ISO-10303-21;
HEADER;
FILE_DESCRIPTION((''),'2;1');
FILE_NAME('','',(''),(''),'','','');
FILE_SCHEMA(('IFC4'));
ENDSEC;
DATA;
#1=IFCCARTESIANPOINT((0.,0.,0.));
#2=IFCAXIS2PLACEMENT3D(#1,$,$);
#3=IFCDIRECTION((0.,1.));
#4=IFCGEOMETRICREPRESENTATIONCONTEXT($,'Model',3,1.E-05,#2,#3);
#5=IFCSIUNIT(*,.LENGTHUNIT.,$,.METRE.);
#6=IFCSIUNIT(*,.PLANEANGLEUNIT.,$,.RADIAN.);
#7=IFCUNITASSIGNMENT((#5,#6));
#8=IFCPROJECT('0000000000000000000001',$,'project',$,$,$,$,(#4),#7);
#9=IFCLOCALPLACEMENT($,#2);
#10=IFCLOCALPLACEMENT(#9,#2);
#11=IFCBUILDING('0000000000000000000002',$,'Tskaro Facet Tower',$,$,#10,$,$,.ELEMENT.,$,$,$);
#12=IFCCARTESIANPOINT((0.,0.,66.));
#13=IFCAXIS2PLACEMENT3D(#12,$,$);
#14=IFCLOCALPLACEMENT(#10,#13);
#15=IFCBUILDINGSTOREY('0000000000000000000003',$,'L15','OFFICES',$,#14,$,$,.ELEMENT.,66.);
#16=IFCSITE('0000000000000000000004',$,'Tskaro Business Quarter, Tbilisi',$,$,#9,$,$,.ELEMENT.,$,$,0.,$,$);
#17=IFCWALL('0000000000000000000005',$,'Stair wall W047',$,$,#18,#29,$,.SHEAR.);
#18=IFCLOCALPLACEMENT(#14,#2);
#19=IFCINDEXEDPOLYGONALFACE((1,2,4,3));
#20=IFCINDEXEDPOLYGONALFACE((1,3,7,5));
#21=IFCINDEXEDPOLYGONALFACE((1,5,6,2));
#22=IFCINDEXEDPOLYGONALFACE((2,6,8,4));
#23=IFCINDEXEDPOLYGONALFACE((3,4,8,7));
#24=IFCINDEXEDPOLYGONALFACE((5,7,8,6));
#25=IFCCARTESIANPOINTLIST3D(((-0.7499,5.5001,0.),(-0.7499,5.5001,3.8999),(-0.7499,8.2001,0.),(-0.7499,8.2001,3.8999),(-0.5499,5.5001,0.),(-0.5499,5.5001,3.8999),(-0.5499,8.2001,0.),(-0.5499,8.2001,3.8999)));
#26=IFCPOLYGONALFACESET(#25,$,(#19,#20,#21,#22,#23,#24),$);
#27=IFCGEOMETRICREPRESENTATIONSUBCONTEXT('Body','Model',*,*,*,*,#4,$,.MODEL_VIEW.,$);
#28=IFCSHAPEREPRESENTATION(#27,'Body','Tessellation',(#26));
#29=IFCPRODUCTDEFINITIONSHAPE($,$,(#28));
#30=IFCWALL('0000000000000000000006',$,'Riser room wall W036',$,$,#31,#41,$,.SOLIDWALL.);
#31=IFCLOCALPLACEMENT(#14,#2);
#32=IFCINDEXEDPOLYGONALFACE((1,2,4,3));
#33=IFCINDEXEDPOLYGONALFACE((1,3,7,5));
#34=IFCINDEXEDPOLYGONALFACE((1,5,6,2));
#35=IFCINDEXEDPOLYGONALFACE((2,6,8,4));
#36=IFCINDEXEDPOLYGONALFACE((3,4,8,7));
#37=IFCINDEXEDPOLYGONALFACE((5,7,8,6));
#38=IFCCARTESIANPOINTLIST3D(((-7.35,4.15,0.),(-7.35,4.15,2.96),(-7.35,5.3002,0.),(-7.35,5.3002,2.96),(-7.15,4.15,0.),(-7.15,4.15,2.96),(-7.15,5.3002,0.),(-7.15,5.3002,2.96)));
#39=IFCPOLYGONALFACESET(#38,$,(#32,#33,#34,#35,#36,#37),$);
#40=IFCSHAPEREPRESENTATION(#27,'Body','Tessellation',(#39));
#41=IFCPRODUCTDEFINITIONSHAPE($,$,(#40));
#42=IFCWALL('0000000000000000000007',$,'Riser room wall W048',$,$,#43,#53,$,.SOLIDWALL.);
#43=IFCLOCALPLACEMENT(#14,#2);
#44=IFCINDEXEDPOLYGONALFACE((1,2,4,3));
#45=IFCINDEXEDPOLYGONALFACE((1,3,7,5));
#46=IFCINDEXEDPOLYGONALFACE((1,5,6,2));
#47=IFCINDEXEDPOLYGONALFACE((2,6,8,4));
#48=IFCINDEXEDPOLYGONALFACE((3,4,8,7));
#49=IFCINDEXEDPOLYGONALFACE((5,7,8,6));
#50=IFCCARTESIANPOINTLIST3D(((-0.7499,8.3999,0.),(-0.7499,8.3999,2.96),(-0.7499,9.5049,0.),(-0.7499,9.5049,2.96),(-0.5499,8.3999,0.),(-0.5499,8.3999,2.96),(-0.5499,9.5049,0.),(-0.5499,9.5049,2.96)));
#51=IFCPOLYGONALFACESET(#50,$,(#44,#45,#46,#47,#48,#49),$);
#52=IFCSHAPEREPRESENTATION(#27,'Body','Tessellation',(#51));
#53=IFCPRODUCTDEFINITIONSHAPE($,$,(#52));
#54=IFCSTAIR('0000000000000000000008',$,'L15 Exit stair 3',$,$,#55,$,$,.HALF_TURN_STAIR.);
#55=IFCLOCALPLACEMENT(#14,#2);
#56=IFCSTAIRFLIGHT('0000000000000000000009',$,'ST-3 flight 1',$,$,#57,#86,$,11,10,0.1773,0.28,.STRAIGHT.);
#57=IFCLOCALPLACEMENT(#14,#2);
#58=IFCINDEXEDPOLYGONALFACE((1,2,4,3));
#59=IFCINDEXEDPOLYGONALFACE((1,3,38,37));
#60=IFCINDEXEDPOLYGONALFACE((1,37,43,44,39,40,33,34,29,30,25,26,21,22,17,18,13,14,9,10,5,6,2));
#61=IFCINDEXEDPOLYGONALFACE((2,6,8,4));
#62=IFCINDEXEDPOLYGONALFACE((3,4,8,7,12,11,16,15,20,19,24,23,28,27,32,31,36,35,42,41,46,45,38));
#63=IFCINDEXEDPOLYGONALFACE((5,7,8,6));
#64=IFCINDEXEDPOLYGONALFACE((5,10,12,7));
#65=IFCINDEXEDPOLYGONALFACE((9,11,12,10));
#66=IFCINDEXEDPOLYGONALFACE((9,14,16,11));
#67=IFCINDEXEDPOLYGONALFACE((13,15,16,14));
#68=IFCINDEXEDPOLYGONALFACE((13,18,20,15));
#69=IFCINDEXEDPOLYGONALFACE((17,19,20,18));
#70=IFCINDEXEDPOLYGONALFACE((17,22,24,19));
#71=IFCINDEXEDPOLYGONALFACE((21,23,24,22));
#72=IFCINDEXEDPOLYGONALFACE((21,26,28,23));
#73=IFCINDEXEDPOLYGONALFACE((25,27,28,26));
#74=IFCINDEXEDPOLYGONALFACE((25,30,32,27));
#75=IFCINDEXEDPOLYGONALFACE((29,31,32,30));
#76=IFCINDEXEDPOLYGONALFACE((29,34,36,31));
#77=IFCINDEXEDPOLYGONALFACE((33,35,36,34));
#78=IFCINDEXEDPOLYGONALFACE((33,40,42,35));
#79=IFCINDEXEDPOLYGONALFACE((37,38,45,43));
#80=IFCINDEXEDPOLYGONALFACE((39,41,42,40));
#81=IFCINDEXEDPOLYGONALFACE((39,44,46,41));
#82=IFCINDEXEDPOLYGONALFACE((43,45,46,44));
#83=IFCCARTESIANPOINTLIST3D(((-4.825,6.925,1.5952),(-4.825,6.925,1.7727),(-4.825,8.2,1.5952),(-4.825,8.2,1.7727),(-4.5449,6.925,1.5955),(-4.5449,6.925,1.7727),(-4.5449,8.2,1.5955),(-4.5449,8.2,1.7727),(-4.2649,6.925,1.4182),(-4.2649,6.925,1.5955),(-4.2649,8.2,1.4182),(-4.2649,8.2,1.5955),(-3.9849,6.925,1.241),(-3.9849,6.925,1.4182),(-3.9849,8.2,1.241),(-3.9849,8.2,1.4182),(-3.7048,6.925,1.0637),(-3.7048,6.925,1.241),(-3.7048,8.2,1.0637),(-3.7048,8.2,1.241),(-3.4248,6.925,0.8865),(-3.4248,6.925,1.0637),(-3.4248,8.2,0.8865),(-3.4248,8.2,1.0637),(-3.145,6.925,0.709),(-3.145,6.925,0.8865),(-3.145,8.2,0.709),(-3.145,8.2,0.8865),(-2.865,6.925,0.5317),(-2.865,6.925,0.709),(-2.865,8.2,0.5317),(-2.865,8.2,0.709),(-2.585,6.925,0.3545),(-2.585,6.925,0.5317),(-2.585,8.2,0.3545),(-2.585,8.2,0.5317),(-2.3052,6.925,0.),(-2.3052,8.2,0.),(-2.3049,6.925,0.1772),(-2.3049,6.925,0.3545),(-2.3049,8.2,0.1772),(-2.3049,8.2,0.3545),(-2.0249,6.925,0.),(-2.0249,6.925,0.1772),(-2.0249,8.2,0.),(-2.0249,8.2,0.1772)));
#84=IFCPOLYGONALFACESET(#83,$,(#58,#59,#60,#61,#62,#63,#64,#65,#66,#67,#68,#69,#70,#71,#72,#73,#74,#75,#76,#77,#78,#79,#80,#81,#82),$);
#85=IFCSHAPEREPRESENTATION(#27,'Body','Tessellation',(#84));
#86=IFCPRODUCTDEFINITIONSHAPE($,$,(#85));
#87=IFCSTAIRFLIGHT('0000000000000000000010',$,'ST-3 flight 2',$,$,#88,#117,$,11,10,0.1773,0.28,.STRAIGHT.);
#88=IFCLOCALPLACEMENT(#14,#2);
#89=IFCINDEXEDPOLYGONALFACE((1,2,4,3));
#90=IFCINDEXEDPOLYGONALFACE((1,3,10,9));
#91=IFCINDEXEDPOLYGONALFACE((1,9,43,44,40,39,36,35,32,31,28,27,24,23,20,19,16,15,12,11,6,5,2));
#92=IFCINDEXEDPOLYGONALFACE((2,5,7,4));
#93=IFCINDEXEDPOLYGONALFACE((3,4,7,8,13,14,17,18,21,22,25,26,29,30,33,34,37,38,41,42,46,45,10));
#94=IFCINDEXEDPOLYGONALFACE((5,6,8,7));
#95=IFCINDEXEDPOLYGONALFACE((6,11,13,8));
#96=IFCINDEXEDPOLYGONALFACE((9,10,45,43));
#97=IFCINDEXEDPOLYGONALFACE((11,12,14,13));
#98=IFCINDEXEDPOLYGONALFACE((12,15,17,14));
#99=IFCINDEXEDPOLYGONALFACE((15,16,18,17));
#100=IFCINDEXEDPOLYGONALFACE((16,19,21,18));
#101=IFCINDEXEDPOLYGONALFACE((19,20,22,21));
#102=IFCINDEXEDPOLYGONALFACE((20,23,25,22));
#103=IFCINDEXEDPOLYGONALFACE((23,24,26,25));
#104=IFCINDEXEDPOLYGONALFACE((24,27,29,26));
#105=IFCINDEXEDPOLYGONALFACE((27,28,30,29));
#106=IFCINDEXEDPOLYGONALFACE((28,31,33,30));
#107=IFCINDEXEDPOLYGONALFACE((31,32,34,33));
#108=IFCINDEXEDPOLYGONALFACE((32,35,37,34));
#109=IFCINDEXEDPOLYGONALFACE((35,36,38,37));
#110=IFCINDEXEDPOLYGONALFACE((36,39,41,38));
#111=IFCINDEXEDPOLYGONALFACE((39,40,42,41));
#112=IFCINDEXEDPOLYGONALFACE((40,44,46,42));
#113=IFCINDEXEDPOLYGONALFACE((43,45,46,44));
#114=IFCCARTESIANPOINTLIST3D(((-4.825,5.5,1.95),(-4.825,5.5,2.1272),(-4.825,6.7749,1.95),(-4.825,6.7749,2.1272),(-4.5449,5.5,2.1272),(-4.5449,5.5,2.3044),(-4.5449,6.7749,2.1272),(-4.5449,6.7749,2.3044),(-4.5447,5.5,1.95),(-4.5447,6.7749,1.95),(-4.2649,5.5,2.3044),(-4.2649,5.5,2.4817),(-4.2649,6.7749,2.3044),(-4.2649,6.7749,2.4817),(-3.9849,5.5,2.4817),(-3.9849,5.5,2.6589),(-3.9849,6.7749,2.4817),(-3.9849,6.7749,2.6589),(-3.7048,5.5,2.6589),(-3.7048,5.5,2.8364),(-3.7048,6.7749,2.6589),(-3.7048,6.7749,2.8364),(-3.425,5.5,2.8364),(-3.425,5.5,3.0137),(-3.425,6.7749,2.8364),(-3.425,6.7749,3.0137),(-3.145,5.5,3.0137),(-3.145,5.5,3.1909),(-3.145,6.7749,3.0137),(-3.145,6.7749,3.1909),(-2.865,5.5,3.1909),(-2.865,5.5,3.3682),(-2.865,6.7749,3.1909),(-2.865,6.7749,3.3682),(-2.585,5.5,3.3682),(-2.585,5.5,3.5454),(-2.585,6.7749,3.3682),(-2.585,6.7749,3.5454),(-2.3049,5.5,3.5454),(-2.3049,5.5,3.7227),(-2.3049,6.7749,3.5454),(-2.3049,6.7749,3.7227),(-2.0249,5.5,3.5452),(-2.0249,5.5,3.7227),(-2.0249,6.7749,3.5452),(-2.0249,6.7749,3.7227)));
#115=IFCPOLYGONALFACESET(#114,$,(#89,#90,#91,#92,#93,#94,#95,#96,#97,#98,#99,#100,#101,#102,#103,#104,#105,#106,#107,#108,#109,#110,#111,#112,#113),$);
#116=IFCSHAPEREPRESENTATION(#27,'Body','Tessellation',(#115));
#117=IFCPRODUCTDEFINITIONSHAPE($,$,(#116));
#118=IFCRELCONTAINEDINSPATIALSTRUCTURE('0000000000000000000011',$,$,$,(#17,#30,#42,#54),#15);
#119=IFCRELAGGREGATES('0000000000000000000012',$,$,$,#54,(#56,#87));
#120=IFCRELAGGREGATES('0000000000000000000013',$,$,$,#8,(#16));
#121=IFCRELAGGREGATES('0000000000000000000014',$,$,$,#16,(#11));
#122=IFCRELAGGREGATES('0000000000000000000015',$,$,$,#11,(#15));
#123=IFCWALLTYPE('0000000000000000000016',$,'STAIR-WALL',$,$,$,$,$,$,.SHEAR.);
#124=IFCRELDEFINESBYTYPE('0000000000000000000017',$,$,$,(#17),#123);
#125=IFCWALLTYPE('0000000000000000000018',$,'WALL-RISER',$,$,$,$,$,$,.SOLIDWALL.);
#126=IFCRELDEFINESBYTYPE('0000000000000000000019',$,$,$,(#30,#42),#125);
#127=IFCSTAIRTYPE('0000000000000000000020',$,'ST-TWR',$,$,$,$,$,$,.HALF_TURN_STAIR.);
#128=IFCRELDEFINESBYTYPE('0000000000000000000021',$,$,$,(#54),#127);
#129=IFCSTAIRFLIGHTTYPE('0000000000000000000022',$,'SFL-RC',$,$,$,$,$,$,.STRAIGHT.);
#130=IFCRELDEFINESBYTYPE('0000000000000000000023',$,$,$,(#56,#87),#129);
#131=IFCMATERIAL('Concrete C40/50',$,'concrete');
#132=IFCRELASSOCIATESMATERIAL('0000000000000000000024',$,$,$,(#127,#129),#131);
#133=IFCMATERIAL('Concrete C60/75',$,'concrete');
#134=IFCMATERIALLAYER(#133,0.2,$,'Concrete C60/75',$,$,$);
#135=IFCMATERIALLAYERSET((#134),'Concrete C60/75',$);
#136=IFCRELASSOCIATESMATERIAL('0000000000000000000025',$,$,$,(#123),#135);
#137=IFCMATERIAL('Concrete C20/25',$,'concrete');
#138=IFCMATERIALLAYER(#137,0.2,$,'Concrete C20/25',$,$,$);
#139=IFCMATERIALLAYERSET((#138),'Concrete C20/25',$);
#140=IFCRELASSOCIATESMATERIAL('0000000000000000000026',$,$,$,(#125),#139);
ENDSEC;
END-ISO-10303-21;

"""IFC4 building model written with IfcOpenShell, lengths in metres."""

from ifc_helpers import new_model, si_unit, direction, frame, frame_2d, origin, place, context, subcontext, project, spatial, polyline, rectangle, outline, extrude, material, layer, layer_set, type_object, element, aggregate, save


model = new_model("IFC4")

# Units and contexts
model_context = context("Model", 3, precision=1e-05, world=origin(), true_north=direction((0.0, 1.0)))
body_context = subcontext(model_context, "Body", "Model", "MODEL_VIEW")
ifc_project = project(units=[si_unit("LENGTHUNIT", "METRE"), si_unit("PLANEANGLEUNIT", "RADIAN")], contexts=[model_context])

# Site, building, storey
site_placement = place(None, origin())
site = spatial("IfcSite", under=ifc_project, at=site_placement, Name="Tskaro Business Quarter, Tbilisi", CompositionType="ELEMENT", RefElevation=0.0)
building_placement = place(site_placement, origin())
building = spatial("IfcBuilding", under=site, at=building_placement, Name="Tskaro Facet Tower", CompositionType="ELEMENT")
storey_placement = place(building_placement, frame((0.0, 0.0, 66.0)))
storey = spatial("IfcBuildingStorey", under=building, at=storey_placement, Name="L15", Description="OFFICES", CompositionType="ELEMENT", Elevation=66.0)

# Shared definitions
ifc_material_1 = material(Name="Concrete C40/50", Category="concrete")
stair_type = type_object("IfcStairType", Name="ST-TWR", PredefinedType="HALF_TURN_STAIR", material=ifc_material_1)

# Shared definitions
ifc_material_2 = material(Name="Concrete C20/25", Category="concrete")

# Shared definitions
ifc_material_3 = material(Name="Concrete C60/75", Category="concrete")
ifc_layer_1 = layer(ifc_material_3, 0.2, Name="Concrete C60/75")
ifc_layer_set_1 = layer_set([ifc_layer_1], Name="Concrete C60/75")
wall_type_1 = type_object("IfcWallType", Name="STAIR-WALL", PredefinedType="SHEAR", material=ifc_layer_set_1)

# Walls
for number, where, z_axis, x_axis, name in (
    (1, (-0.6499, 5.5, 0.0), (0.0, 0.0, 1.0), (0.0, 1.0, 0.0), "Stair wall W047"),
):
    element("IfcWall", number, at=place(storey_placement, frame(where, z_axis=z_axis, x_axis=x_axis)), inside=storey, type_object=wall_type_1, Name=name, PredefinedType="SHEAR", context=body_context, shape_type="SweptSolid", body=[
        extrude(rectangle(XDim=2.7, YDim=0.2, at=frame_2d((1.3501, 0.0))), origin(), (0.0, 0.0, 1.0), 3.8999),
    ])
ifc_layer_2 = layer(ifc_material_2, 0.2, Name="Concrete C20/25")
ifc_layer_set_2 = layer_set([ifc_layer_2], Name="Concrete C20/25")
wall_type_2 = type_object("IfcWallType", Name="WALL-RISER", PredefinedType="SOLIDWALL", material=ifc_layer_set_2)
wall_1_placement = place(storey_placement, frame((-7.25, 4.1499, 0.0), z_axis=(0.0, 0.0, 1.0), x_axis=(0.0, 1.0, 0.0)))
element("IfcWall", 2, at=wall_1_placement, inside=storey, type_object=wall_type_2, Name="Riser room wall W036", PredefinedType="SOLIDWALL", context=body_context, shape_type="SweptSolid", body=[
    extrude(rectangle(XDim=1.1501, YDim=0.2, at=frame_2d((0.5752, 0.0))), origin(), (0.0, 0.0, 1.0), 2.96),
])
wall_2_placement = place(storey_placement, frame((-0.6499, 8.3999, 0.0), z_axis=(0.0, 0.0, 1.0), x_axis=(0.0, 1.0, 0.0)))
element("IfcWall", 3, at=wall_2_placement, inside=storey, type_object=wall_type_2, Name="Riser room wall W048", PredefinedType="SOLIDWALL", context=body_context, shape_type="SweptSolid", body=[
    extrude(rectangle(XDim=1.105, YDim=0.2, at=frame_2d((0.5525, 0.0))), origin(), (0.0, 0.0, 1.0), 2.96),
])

# Stair, stair flights
stair_1_placement = place(storey_placement, origin())
stair_1 = element("IfcStair", 4, at=stair_1_placement, inside=storey, type_object=stair_type, Name="L15 Exit stair 3", PredefinedType="HALF_TURN_STAIR")
stair_flight_type = type_object("IfcStairFlightType", Name="SFL-RC", PredefinedType="STRAIGHT", material=ifc_material_1)
stair_flight_1_placement = place(storey_placement, frame((-2.0249, 7.5625, 0.0), z_axis=(0.0, 0.0, 1.0), x_axis=(-1.0, 0.0, 0.0)))
stair_flight_1 = element("IfcStairFlight", 5, at=stair_flight_1_placement, type_object=stair_flight_type, Name="ST-3 flight 1", NumberOfRisers=11, NumberOfTreads=10, PredefinedType="STRAIGHT", RiserHeight=0.1773, TreadLength=0.28, context=body_context, shape_type="SweptSolid", body=[
    extrude(outline(polyline([(0.0, 0.0), (0.0, 0.1772), (0.28, 0.1772), (0.28, 0.3545), (0.5601, 0.3545), (0.5601, 0.5317), (0.8401, 0.5317), (0.8401, 0.709), (1.1201, 0.709), (1.1201, 0.8865), (1.3999, 0.8865), (1.3999, 1.0637), (1.6799, 1.0637), (1.6799, 1.241), (1.96, 1.241), (1.96, 1.4182), (2.24, 1.4182), (2.24, 1.5955), (2.52, 1.5955), (2.52, 1.7727), (2.8, 1.7727), (2.8, 1.95), (2.8, 1.5952), (0.2803, 0.0), (0.0, 0.0)])), frame((0.0, 0.6375, 0.0), z_axis=(0.0, -1.0, 0.0), x_axis=(1.0, 0.0, 0.0)), (0.0, 0.0, 1.0), 1.2749),
])
stair_flight_2_placement = place(storey_placement, frame((-4.825, 6.1375, 1.95), z_axis=(0.0, 0.0, 1.0), x_axis=(1.0, 0.0, 0.0)))
stair_flight_2 = element("IfcStairFlight", 6, at=stair_flight_2_placement, type_object=stair_flight_type, Name="ST-3 flight 2", NumberOfRisers=11, NumberOfTreads=10, PredefinedType="STRAIGHT", RiserHeight=0.1773, TreadLength=0.28, context=body_context, shape_type="SweptSolid", body=[
    extrude(outline(polyline([(0.0, 0.0), (0.0, 0.1772), (0.28, 0.1772), (0.28, 0.3545), (0.5601, 0.3545), (0.5601, 0.5317), (0.8401, 0.5317), (0.8401, 0.709), (1.1201, 0.709), (1.1201, 0.8865), (1.3999, 0.8865), (1.3999, 1.0637), (1.6799, 1.0637), (1.6799, 1.241), (1.96, 1.241), (1.96, 1.4182), (2.24, 1.4182), (2.24, 1.5955), (2.52, 1.5955), (2.52, 1.7727), (2.8, 1.7727), (2.8, 1.95), (2.8, 1.5952), (0.2803, 0.0), (0.0, 0.0)])), frame((0.0, 0.6375, 0.0), z_axis=(0.0, -1.0, 0.0), x_axis=(1.0, 0.0, 0.0)), (0.0, 0.0, 1.0), 1.2749),
])
aggregate(stair_1, [stair_flight_1, stair_flight_2])

save(model, "model.ifc")
